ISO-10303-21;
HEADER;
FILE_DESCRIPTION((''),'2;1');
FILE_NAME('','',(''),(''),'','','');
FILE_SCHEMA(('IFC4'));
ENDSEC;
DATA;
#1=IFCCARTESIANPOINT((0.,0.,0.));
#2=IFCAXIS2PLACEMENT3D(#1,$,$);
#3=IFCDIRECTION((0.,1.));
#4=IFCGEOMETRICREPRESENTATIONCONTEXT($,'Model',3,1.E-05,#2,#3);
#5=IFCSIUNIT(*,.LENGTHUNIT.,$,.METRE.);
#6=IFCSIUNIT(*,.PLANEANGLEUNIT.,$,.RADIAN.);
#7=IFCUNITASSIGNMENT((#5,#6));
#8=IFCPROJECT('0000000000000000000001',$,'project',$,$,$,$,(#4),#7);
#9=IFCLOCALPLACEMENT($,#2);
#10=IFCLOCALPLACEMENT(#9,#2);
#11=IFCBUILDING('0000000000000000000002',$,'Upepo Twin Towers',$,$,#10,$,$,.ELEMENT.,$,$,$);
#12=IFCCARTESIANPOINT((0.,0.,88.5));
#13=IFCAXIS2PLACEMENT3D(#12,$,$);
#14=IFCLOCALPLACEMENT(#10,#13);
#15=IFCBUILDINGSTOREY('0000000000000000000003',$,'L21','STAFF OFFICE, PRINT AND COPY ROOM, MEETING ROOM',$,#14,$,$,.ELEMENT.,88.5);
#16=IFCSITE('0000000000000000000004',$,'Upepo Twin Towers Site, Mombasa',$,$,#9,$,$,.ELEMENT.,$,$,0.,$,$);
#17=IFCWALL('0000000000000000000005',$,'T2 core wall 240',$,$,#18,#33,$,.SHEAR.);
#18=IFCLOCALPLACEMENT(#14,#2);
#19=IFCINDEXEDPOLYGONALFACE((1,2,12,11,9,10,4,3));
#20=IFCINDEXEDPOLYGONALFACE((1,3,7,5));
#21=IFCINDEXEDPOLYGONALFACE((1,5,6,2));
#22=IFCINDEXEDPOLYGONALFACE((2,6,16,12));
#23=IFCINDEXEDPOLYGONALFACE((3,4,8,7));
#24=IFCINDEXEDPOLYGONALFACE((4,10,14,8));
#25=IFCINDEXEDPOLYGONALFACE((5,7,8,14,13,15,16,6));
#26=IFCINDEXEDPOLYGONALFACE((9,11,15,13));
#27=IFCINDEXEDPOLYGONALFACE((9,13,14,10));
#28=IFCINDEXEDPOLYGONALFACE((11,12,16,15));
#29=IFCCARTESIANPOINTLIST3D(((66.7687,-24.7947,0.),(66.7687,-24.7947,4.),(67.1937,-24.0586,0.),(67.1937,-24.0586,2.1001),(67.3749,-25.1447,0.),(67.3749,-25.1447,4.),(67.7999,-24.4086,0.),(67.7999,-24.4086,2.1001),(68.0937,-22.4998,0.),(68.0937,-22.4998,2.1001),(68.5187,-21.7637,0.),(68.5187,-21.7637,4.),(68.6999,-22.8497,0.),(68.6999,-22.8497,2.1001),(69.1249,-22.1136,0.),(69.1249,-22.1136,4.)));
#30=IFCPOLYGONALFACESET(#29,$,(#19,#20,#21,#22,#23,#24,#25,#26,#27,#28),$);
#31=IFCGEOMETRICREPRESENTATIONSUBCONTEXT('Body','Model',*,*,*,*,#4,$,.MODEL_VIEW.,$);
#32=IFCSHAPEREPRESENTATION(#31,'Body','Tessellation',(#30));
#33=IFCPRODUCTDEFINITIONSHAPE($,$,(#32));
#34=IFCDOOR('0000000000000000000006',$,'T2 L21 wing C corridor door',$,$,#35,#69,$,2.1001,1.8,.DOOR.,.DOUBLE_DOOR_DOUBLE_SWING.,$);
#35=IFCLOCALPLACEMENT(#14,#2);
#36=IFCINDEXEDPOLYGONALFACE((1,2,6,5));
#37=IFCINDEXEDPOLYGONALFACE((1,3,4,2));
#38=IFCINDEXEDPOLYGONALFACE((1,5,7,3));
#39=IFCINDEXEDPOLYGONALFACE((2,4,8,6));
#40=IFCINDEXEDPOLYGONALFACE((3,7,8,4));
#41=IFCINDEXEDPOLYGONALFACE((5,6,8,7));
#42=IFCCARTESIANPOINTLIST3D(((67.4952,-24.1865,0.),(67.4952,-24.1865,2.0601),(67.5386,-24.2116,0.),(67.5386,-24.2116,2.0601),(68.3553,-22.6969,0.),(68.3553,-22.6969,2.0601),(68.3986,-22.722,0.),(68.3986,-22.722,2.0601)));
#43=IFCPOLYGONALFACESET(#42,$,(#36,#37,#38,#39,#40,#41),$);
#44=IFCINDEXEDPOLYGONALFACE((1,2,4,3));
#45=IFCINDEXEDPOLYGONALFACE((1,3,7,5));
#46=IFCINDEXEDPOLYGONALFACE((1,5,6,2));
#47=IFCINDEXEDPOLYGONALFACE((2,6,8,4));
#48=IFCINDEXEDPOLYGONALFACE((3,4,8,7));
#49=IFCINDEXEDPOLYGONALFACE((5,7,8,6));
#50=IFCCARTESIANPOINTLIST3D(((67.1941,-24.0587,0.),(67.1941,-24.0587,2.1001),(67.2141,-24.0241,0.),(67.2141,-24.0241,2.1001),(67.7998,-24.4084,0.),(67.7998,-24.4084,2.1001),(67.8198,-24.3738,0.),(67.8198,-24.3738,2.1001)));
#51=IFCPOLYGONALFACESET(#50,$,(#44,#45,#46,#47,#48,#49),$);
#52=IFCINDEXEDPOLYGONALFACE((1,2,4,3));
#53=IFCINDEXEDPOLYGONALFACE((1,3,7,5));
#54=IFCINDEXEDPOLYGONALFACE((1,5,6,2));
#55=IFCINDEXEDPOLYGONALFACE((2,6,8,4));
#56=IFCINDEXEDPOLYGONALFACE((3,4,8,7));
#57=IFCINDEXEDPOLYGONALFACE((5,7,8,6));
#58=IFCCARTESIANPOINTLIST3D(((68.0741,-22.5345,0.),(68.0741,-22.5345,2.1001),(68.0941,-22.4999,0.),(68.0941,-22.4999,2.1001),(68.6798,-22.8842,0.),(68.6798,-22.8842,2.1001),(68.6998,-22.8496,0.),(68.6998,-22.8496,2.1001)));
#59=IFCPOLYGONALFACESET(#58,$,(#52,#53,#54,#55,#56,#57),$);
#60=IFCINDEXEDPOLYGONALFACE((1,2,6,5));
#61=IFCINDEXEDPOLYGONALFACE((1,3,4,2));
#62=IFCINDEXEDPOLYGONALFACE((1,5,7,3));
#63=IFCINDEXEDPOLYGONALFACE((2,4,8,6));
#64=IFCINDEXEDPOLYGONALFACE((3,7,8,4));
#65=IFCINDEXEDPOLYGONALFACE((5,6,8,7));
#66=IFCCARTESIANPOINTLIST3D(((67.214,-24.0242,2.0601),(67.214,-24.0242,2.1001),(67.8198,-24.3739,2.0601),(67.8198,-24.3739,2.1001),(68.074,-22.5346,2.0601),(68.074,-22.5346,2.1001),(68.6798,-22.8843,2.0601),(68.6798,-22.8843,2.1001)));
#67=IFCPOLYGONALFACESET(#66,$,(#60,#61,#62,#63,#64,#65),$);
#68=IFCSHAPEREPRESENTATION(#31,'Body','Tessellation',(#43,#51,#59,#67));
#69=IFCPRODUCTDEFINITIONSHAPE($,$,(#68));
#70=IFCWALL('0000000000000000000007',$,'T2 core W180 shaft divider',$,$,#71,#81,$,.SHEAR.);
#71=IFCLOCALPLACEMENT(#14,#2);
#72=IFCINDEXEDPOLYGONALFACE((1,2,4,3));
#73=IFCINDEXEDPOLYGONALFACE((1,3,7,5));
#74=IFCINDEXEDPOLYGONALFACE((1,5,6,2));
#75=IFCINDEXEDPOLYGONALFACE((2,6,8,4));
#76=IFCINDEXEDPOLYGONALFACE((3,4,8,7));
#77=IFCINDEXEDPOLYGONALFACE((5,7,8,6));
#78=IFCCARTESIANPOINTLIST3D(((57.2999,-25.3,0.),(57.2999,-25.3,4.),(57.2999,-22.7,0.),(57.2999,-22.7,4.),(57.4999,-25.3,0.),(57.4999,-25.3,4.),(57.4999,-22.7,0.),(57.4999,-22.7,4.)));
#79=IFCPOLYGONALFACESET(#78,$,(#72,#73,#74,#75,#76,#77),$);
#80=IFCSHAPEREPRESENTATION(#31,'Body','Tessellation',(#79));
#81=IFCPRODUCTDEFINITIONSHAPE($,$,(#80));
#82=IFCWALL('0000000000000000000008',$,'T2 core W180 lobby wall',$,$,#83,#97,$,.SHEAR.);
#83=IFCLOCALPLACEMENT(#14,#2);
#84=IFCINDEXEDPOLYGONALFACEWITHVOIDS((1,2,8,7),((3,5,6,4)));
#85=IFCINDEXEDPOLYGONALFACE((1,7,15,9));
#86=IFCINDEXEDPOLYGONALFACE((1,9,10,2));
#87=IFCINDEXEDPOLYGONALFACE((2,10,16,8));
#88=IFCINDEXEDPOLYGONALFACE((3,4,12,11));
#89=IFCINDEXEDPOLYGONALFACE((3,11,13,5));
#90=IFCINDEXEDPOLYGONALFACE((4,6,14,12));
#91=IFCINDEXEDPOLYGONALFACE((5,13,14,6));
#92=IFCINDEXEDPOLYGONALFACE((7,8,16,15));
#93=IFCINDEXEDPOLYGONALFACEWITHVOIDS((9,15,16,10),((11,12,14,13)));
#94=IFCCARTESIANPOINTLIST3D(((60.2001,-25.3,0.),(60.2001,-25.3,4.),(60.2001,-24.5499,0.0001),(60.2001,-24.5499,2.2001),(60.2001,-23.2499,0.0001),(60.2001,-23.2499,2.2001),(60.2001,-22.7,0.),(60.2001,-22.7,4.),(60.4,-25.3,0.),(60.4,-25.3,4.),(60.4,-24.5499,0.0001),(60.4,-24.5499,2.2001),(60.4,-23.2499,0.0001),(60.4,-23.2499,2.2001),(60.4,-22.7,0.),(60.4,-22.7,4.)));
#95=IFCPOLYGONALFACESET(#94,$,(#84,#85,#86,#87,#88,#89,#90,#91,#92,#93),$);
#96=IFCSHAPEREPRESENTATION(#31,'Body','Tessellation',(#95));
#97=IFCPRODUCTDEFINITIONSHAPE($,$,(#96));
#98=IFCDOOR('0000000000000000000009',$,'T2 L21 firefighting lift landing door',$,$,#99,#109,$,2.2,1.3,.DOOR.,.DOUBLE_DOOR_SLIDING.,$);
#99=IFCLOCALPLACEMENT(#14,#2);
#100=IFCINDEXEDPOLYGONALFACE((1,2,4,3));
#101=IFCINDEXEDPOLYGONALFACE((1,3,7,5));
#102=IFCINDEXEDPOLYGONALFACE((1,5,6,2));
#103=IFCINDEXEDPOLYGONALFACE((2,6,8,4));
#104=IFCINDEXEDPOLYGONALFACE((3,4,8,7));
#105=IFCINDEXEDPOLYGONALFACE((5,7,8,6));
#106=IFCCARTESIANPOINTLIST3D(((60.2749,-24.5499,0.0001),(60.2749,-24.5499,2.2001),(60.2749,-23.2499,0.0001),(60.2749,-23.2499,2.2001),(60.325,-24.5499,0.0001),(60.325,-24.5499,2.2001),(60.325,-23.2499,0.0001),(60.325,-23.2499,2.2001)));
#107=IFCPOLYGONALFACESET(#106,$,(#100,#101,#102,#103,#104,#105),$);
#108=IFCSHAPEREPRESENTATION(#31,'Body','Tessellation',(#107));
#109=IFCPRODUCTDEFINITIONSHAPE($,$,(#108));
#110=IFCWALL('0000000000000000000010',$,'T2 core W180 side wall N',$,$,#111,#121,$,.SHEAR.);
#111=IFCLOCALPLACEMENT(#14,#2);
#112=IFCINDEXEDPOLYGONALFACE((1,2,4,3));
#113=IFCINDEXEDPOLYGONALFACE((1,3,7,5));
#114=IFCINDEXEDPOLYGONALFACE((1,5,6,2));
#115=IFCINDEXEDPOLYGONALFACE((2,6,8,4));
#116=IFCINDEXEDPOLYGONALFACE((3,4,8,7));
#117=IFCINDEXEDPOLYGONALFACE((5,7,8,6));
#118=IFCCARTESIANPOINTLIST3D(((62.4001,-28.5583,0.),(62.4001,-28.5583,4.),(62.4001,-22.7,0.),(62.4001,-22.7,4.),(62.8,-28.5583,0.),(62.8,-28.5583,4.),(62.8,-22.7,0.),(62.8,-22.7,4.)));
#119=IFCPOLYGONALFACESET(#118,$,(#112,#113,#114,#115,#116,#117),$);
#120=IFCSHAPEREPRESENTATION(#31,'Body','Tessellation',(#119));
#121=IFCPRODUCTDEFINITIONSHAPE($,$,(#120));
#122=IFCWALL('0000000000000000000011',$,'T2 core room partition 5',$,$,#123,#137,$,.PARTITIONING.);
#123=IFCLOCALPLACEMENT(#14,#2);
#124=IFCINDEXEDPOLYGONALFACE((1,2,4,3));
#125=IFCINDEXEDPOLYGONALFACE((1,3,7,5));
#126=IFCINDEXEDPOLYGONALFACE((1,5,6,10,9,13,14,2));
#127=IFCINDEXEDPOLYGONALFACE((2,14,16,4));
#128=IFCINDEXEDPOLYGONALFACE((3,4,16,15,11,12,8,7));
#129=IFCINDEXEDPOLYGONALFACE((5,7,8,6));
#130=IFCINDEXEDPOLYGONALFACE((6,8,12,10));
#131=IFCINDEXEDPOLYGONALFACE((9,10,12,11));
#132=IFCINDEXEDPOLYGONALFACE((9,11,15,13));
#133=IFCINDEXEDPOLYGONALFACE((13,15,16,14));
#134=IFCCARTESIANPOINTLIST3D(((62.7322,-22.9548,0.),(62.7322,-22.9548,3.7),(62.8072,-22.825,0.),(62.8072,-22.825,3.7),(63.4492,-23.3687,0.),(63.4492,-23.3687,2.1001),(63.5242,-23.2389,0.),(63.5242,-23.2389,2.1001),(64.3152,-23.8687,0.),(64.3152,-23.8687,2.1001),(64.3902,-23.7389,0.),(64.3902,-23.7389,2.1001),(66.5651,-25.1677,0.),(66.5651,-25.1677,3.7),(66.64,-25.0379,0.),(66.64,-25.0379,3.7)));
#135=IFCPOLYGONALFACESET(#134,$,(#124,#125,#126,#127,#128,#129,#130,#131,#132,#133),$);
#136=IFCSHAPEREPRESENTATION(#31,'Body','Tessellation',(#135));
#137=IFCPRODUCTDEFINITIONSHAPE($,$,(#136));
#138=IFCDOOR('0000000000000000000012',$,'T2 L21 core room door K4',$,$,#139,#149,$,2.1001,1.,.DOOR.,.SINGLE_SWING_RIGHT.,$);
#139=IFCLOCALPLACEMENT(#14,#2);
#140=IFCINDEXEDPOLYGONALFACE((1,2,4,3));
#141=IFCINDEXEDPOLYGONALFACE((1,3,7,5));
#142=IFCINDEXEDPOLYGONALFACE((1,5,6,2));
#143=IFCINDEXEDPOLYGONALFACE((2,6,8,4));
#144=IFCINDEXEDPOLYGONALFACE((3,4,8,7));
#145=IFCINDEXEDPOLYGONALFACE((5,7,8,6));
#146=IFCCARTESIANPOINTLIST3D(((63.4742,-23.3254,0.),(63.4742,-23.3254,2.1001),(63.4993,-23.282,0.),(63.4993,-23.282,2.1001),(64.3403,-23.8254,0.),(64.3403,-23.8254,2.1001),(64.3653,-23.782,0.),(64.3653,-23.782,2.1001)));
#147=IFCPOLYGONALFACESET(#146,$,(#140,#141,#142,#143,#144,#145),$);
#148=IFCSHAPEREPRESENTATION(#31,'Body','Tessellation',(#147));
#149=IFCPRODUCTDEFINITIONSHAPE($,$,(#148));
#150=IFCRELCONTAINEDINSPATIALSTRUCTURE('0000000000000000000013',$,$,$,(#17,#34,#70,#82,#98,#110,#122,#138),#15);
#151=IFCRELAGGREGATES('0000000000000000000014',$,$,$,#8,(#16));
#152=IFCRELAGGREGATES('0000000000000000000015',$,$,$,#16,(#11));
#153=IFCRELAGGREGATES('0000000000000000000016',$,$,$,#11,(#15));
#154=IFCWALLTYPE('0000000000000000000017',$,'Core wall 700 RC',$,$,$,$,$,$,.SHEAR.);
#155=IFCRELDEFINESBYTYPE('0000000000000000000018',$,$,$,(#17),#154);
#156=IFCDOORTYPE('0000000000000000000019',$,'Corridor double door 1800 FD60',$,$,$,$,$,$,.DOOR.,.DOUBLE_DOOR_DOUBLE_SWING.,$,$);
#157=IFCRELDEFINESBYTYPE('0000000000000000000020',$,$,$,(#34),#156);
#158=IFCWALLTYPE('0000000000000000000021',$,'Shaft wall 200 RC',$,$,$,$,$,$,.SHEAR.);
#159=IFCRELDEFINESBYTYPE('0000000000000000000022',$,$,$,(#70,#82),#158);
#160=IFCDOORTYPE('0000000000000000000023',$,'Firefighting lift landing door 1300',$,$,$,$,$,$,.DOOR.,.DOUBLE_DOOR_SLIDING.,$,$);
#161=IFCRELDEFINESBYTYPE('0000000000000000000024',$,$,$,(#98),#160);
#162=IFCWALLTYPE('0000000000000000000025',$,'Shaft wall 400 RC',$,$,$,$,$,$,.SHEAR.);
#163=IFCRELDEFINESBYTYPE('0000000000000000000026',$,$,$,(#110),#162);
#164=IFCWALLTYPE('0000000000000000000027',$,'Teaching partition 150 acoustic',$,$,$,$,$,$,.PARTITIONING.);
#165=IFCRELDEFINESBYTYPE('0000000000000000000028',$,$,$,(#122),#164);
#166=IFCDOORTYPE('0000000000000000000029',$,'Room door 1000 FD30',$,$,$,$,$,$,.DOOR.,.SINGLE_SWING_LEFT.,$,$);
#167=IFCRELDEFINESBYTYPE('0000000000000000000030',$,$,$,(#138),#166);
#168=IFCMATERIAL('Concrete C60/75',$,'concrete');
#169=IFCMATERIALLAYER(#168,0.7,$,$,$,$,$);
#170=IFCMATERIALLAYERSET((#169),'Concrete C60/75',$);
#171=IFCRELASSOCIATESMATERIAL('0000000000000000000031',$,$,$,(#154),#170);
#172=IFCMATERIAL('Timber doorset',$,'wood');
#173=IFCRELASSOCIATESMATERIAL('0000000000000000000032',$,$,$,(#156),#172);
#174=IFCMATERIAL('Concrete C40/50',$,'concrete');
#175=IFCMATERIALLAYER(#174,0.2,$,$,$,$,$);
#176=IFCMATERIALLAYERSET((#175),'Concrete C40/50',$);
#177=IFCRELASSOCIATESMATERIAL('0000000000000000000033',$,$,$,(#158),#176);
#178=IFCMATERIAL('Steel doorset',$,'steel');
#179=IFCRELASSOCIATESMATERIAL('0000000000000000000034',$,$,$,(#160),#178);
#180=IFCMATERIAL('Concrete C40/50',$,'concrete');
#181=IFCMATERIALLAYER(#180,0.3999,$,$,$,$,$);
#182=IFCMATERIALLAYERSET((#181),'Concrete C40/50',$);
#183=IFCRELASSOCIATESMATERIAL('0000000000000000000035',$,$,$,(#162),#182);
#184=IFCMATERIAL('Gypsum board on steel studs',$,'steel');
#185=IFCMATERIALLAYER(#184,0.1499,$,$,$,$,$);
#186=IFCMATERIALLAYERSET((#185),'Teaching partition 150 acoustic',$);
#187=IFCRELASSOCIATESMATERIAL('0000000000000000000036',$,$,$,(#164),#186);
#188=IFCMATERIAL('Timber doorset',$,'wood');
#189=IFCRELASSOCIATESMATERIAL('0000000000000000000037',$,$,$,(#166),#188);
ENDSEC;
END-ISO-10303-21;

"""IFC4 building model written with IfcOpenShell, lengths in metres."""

from ifc_helpers import new_model, si_unit, direction, frame, frame_2d, origin, place, context, subcontext, project, spatial, rectangle, extrude, material, layer, layer_set, type_object, element, fill, save


model = new_model("IFC4")

# Units and contexts
model_context = context("Model", 3, precision=1e-05, world=origin(), true_north=direction((0.0, 1.0)))
body_context = subcontext(model_context, "Body", "Model", "MODEL_VIEW")
ifc_project = project(units=[si_unit("LENGTHUNIT", "METRE"), si_unit("PLANEANGLEUNIT", "RADIAN")], contexts=[model_context])

# Site, building, storey
site_placement = place(None, origin())
site = spatial("IfcSite", under=ifc_project, at=site_placement, Name="Upepo Twin Towers Site, Mombasa", CompositionType="ELEMENT", RefElevation=0.0)
building_placement = place(site_placement, origin())
building = spatial("IfcBuilding", under=site, at=building_placement, Name="Upepo Twin Towers", CompositionType="ELEMENT")
storey_placement = place(building_placement, frame((0.0, 0.0, 88.5)))
storey = spatial("IfcBuildingStorey", under=building, at=storey_placement, Name="L21", Description="STAFF OFFICE, PRINT AND COPY ROOM, MEETING ROOM", CompositionType="ELEMENT", Elevation=88.5)

# Shared definitions
ifc_material_1 = material(Name="Concrete C60/75", Category="concrete")
ifc_layer_1 = layer(ifc_material_1, 0.7)
ifc_layer_set_1 = layer_set([ifc_layer_1], Name="Concrete C60/75")
wall_type_1 = type_object("IfcWallType", Name="Core wall 700 RC", PredefinedType="SHEAR", material=ifc_layer_set_1)

# Wall, opening, door
wall_1_placement = place(storey_placement, frame((67.0718, -24.9697, 0.0), z_axis=(0.0, 0.0, 1.0), x_axis=(0.50001, 0.866019, 0.0)))
wall_1 = element("IfcWall", 1, at=wall_1_placement, inside=storey, type_object=wall_type_1, Name="T2 core wall 240", PredefinedType="SHEAR", context=body_context, shape_type="SweptSolid", body=[
    extrude(rectangle(XDim=3.5, YDim=0.7, at=frame_2d((1.75, 0.0))), origin(), (0.0, 0.0, 1.0), 4.0),
])
opening_1_placement = place(wall_1_placement, frame((0.8501, 0.0, 0.0)))
opening_1 = element("IfcOpeningElement", 2, at=opening_1_placement, cuts=wall_1, PredefinedType="OPENING", context=body_context, shape_type="SweptSolid", body=[
    extrude(rectangle(XDim=1.8, YDim=2.1001, at=frame_2d((0.8999, 1.05))), frame((0.0, 0.3599, 0.0), z_axis=(0.0, -1.0, 0.0), x_axis=(1.0, 0.0, 0.0)), (0.0, 0.0, 1.0), 0.72),
])
ifc_material_2 = material(Name="Timber doorset", Category="wood")
door_type_1 = type_object("IfcDoorType", Name="Corridor double door 1800 FD60", OperationType="DOUBLE_DOOR_DOUBLE_SWING", PredefinedType="DOOR", material=ifc_material_2)
door_1_placement = place(opening_1_placement, origin())
door_1 = element("IfcDoor", 3, at=door_1_placement, inside=storey, type_object=door_type_1, Name="T2 L21 wing C corridor door", OperationType="DOUBLE_DOOR_DOUBLE_SWING", OverallHeight=2.1001, OverallWidth=1.8, PredefinedType="DOOR", context=body_context, shape_type="SweptSolid", body=[
    extrude(rectangle(XDim=1.72, YDim=2.0601, at=frame_2d((0.8999, 1.03))), frame((0.0, 0.0249, 0.0), z_axis=(0.0, -1.0, 0.0), x_axis=(1.0, 0.0, 0.0)), (0.0, 0.0, 1.0), 0.05),
    extrude(rectangle(XDim=0.04, YDim=2.1001, at=frame_2d((0.02, 1.05))), frame((0.0, 0.3496, 0.0), z_axis=(0.0, -1.0, 0.0), x_axis=(1.0, 0.0, 0.0)), (0.0, 0.0, 1.0), 0.6995),
    extrude(rectangle(XDim=0.04, YDim=2.1001, at=frame_2d((1.78, 1.05))), frame((0.0, 0.3496, 0.0), z_axis=(0.0, -1.0, 0.0), x_axis=(1.0, 0.0, 0.0)), (0.0, 0.0, 1.0), 0.6995),
    extrude(rectangle(XDim=1.72, YDim=0.04, at=frame_2d((0.8999, 2.0801))), frame((0.0, 0.3496, 0.0), z_axis=(0.0, -1.0, 0.0), x_axis=(1.0, 0.0, 0.0)), (0.0, 0.0, 1.0), 0.6995),
])
fill(opening_1, door_1)

# Wall
ifc_material_3 = material(Name="Concrete C40/50", Category="concrete")
ifc_layer_2 = layer(ifc_material_3, 0.2)
ifc_layer_set_2 = layer_set([ifc_layer_2], Name="Concrete C40/50")
wall_type_2 = type_object("IfcWallType", Name="Shaft wall 200 RC", PredefinedType="SHEAR", material=ifc_layer_set_2)
wall_2_placement = place(storey_placement, frame((57.3999, -22.7, 0.0), z_axis=(0.0, 0.0, 1.0), x_axis=(0.0, -1.0, 0.0)))
element("IfcWall", 4, at=wall_2_placement, inside=storey, type_object=wall_type_2, Name="T2 core W180 shaft divider", PredefinedType="SHEAR", context=body_context, shape_type="SweptSolid", body=[
    extrude(rectangle(XDim=2.6001, YDim=0.2, at=frame_2d((1.3, 0.0))), origin(), (0.0, 0.0, 1.0), 4.0),
])

# Wall, opening, door
wall_3_placement = place(storey_placement, frame((60.3, -22.7, 0.0), z_axis=(0.0, 0.0, 1.0), x_axis=(0.0, -1.0, 0.0)))
wall_3 = element("IfcWall", 5, at=wall_3_placement, inside=storey, type_object=wall_type_2, Name="T2 core W180 lobby wall", PredefinedType="SHEAR", context=body_context, shape_type="SweptSolid", body=[
    extrude(rectangle(XDim=2.6001, YDim=0.2, at=frame_2d((1.3, 0.0))), origin(), (0.0, 0.0, 1.0), 4.0),
])
opening_2_placement = place(wall_3_placement, frame((0.55, 0.0, 0.0)))
opening_2 = element("IfcOpeningElement", 6, at=opening_2_placement, cuts=wall_3, PredefinedType="OPENING", context=body_context, shape_type="SweptSolid", body=[
    extrude(rectangle(XDim=1.3, YDim=2.2, at=frame_2d((0.6499, 1.1001))), frame((0.0, 0.1099, 0.0), z_axis=(0.0, -1.0, 0.0), x_axis=(1.0, 0.0, 0.0)), (0.0, 0.0, 1.0), 0.22),
])
ifc_material_4 = material(Name="Steel doorset", Category="steel")
door_type_2 = type_object("IfcDoorType", Name="Firefighting lift landing door 1300", OperationType="DOUBLE_DOOR_SLIDING", PredefinedType="DOOR", material=ifc_material_4)
door_2_placement = place(opening_2_placement, origin())
door_2 = element("IfcDoor", 7, at=door_2_placement, inside=storey, type_object=door_type_2, Name="T2 L21 firefighting lift landing door", OperationType="DOUBLE_DOOR_SLIDING", OverallHeight=2.2, OverallWidth=1.3, PredefinedType="DOOR", context=body_context, shape_type="SweptSolid", body=[
    extrude(rectangle(XDim=1.3, YDim=2.2, at=frame_2d((0.6499, 1.1001))), frame((0.0, 0.0249, 0.0), z_axis=(0.0, -1.0, 0.0), x_axis=(1.0, 0.0, 0.0)), (0.0, 0.0, 1.0), 0.05),
])
fill(opening_2, door_2)

# Wall
ifc_material_5 = material(Name="Concrete C40/50", Category="concrete")
ifc_layer_3 = layer(ifc_material_5, 0.3999)
ifc_layer_set_3 = layer_set([ifc_layer_3], Name="Concrete C40/50")
wall_type_3 = type_object("IfcWallType", Name="Shaft wall 400 RC", PredefinedType="SHEAR", material=ifc_layer_set_3)
wall_4_placement = place(storey_placement, frame((62.6001, -22.7, 0.0), z_axis=(0.0, 0.0, 1.0), x_axis=(0.0, -1.0, 0.0)))
element("IfcWall", 8, at=wall_4_placement, inside=storey, type_object=wall_type_3, Name="T2 core W180 side wall N", PredefinedType="SHEAR", context=body_context, shape_type="SweptSolid", body=[
    extrude(rectangle(XDim=5.8584, YDim=0.3999, at=frame_2d((2.9292, 0.0))), origin(), (0.0, 0.0, 1.0), 4.0),
])

# Wall, opening, door
ifc_material_6 = material(Name="Gypsum board on steel studs", Category="steel")
ifc_layer_4 = layer(ifc_material_6, 0.1499)
ifc_layer_set_4 = layer_set([ifc_layer_4], Name="Teaching partition 150 acoustic")
wall_type_4 = type_object("IfcWallType", Name="Teaching partition 150 acoustic", PredefinedType="PARTITIONING", material=ifc_layer_set_4)
wall_5_placement = place(storey_placement, frame((66.6025, -25.1028, 0.0), z_axis=(0.0, 0.0, 1.0), x_axis=(-0.866021, 0.500007, 0.0)))
wall_5 = element("IfcWall", 9, at=wall_5_placement, inside=storey, type_object=wall_type_4, Name="T2 core room partition 5", PredefinedType="PARTITIONING", context=body_context, shape_type="SweptSolid", body=[
    extrude(rectangle(XDim=4.4258, YDim=0.1499, at=frame_2d((2.2129, 0.0))), origin(), (0.0, 0.0, 1.0), 3.7),
])
opening_3_placement = place(wall_5_placement, frame((2.5979, 0.0, 0.0)))
opening_3 = element("IfcOpeningElement", 10, at=opening_3_placement, cuts=wall_5, PredefinedType="OPENING", context=body_context, shape_type="SweptSolid", body=[
    extrude(rectangle(XDim=1.0, YDim=2.1001, at=frame_2d((0.5, 1.05))), frame((0.0, 0.085, 0.0), z_axis=(0.0, -1.0, 0.0), x_axis=(1.0, 0.0, 0.0)), (0.0, 0.0, 1.0), 0.1699),
])
ifc_material_7 = material(Name="Timber doorset", Category="wood")
door_type_3 = type_object("IfcDoorType", Name="Room door 1000 FD30", OperationType="SINGLE_SWING_LEFT", PredefinedType="DOOR", material=ifc_material_7)
door_3_placement = place(opening_3_placement, origin())
door_3 = element("IfcDoor", 11, at=door_3_placement, inside=storey, type_object=door_type_3, Name="T2 L21 core room door K4", OperationType="SINGLE_SWING_RIGHT", OverallHeight=2.1001, OverallWidth=1.0, PredefinedType="DOOR", context=body_context, shape_type="SweptSolid", body=[
    extrude(rectangle(XDim=1.0, YDim=2.1001, at=frame_2d((0.5, 1.05))), frame((0.0, 0.0249, 0.0), z_axis=(0.0, -1.0, 0.0), x_axis=(1.0, 0.0, 0.0)), (0.0, 0.0, 1.0), 0.05),
])
fill(opening_3, door_3)

save(model, "model.ifc")
